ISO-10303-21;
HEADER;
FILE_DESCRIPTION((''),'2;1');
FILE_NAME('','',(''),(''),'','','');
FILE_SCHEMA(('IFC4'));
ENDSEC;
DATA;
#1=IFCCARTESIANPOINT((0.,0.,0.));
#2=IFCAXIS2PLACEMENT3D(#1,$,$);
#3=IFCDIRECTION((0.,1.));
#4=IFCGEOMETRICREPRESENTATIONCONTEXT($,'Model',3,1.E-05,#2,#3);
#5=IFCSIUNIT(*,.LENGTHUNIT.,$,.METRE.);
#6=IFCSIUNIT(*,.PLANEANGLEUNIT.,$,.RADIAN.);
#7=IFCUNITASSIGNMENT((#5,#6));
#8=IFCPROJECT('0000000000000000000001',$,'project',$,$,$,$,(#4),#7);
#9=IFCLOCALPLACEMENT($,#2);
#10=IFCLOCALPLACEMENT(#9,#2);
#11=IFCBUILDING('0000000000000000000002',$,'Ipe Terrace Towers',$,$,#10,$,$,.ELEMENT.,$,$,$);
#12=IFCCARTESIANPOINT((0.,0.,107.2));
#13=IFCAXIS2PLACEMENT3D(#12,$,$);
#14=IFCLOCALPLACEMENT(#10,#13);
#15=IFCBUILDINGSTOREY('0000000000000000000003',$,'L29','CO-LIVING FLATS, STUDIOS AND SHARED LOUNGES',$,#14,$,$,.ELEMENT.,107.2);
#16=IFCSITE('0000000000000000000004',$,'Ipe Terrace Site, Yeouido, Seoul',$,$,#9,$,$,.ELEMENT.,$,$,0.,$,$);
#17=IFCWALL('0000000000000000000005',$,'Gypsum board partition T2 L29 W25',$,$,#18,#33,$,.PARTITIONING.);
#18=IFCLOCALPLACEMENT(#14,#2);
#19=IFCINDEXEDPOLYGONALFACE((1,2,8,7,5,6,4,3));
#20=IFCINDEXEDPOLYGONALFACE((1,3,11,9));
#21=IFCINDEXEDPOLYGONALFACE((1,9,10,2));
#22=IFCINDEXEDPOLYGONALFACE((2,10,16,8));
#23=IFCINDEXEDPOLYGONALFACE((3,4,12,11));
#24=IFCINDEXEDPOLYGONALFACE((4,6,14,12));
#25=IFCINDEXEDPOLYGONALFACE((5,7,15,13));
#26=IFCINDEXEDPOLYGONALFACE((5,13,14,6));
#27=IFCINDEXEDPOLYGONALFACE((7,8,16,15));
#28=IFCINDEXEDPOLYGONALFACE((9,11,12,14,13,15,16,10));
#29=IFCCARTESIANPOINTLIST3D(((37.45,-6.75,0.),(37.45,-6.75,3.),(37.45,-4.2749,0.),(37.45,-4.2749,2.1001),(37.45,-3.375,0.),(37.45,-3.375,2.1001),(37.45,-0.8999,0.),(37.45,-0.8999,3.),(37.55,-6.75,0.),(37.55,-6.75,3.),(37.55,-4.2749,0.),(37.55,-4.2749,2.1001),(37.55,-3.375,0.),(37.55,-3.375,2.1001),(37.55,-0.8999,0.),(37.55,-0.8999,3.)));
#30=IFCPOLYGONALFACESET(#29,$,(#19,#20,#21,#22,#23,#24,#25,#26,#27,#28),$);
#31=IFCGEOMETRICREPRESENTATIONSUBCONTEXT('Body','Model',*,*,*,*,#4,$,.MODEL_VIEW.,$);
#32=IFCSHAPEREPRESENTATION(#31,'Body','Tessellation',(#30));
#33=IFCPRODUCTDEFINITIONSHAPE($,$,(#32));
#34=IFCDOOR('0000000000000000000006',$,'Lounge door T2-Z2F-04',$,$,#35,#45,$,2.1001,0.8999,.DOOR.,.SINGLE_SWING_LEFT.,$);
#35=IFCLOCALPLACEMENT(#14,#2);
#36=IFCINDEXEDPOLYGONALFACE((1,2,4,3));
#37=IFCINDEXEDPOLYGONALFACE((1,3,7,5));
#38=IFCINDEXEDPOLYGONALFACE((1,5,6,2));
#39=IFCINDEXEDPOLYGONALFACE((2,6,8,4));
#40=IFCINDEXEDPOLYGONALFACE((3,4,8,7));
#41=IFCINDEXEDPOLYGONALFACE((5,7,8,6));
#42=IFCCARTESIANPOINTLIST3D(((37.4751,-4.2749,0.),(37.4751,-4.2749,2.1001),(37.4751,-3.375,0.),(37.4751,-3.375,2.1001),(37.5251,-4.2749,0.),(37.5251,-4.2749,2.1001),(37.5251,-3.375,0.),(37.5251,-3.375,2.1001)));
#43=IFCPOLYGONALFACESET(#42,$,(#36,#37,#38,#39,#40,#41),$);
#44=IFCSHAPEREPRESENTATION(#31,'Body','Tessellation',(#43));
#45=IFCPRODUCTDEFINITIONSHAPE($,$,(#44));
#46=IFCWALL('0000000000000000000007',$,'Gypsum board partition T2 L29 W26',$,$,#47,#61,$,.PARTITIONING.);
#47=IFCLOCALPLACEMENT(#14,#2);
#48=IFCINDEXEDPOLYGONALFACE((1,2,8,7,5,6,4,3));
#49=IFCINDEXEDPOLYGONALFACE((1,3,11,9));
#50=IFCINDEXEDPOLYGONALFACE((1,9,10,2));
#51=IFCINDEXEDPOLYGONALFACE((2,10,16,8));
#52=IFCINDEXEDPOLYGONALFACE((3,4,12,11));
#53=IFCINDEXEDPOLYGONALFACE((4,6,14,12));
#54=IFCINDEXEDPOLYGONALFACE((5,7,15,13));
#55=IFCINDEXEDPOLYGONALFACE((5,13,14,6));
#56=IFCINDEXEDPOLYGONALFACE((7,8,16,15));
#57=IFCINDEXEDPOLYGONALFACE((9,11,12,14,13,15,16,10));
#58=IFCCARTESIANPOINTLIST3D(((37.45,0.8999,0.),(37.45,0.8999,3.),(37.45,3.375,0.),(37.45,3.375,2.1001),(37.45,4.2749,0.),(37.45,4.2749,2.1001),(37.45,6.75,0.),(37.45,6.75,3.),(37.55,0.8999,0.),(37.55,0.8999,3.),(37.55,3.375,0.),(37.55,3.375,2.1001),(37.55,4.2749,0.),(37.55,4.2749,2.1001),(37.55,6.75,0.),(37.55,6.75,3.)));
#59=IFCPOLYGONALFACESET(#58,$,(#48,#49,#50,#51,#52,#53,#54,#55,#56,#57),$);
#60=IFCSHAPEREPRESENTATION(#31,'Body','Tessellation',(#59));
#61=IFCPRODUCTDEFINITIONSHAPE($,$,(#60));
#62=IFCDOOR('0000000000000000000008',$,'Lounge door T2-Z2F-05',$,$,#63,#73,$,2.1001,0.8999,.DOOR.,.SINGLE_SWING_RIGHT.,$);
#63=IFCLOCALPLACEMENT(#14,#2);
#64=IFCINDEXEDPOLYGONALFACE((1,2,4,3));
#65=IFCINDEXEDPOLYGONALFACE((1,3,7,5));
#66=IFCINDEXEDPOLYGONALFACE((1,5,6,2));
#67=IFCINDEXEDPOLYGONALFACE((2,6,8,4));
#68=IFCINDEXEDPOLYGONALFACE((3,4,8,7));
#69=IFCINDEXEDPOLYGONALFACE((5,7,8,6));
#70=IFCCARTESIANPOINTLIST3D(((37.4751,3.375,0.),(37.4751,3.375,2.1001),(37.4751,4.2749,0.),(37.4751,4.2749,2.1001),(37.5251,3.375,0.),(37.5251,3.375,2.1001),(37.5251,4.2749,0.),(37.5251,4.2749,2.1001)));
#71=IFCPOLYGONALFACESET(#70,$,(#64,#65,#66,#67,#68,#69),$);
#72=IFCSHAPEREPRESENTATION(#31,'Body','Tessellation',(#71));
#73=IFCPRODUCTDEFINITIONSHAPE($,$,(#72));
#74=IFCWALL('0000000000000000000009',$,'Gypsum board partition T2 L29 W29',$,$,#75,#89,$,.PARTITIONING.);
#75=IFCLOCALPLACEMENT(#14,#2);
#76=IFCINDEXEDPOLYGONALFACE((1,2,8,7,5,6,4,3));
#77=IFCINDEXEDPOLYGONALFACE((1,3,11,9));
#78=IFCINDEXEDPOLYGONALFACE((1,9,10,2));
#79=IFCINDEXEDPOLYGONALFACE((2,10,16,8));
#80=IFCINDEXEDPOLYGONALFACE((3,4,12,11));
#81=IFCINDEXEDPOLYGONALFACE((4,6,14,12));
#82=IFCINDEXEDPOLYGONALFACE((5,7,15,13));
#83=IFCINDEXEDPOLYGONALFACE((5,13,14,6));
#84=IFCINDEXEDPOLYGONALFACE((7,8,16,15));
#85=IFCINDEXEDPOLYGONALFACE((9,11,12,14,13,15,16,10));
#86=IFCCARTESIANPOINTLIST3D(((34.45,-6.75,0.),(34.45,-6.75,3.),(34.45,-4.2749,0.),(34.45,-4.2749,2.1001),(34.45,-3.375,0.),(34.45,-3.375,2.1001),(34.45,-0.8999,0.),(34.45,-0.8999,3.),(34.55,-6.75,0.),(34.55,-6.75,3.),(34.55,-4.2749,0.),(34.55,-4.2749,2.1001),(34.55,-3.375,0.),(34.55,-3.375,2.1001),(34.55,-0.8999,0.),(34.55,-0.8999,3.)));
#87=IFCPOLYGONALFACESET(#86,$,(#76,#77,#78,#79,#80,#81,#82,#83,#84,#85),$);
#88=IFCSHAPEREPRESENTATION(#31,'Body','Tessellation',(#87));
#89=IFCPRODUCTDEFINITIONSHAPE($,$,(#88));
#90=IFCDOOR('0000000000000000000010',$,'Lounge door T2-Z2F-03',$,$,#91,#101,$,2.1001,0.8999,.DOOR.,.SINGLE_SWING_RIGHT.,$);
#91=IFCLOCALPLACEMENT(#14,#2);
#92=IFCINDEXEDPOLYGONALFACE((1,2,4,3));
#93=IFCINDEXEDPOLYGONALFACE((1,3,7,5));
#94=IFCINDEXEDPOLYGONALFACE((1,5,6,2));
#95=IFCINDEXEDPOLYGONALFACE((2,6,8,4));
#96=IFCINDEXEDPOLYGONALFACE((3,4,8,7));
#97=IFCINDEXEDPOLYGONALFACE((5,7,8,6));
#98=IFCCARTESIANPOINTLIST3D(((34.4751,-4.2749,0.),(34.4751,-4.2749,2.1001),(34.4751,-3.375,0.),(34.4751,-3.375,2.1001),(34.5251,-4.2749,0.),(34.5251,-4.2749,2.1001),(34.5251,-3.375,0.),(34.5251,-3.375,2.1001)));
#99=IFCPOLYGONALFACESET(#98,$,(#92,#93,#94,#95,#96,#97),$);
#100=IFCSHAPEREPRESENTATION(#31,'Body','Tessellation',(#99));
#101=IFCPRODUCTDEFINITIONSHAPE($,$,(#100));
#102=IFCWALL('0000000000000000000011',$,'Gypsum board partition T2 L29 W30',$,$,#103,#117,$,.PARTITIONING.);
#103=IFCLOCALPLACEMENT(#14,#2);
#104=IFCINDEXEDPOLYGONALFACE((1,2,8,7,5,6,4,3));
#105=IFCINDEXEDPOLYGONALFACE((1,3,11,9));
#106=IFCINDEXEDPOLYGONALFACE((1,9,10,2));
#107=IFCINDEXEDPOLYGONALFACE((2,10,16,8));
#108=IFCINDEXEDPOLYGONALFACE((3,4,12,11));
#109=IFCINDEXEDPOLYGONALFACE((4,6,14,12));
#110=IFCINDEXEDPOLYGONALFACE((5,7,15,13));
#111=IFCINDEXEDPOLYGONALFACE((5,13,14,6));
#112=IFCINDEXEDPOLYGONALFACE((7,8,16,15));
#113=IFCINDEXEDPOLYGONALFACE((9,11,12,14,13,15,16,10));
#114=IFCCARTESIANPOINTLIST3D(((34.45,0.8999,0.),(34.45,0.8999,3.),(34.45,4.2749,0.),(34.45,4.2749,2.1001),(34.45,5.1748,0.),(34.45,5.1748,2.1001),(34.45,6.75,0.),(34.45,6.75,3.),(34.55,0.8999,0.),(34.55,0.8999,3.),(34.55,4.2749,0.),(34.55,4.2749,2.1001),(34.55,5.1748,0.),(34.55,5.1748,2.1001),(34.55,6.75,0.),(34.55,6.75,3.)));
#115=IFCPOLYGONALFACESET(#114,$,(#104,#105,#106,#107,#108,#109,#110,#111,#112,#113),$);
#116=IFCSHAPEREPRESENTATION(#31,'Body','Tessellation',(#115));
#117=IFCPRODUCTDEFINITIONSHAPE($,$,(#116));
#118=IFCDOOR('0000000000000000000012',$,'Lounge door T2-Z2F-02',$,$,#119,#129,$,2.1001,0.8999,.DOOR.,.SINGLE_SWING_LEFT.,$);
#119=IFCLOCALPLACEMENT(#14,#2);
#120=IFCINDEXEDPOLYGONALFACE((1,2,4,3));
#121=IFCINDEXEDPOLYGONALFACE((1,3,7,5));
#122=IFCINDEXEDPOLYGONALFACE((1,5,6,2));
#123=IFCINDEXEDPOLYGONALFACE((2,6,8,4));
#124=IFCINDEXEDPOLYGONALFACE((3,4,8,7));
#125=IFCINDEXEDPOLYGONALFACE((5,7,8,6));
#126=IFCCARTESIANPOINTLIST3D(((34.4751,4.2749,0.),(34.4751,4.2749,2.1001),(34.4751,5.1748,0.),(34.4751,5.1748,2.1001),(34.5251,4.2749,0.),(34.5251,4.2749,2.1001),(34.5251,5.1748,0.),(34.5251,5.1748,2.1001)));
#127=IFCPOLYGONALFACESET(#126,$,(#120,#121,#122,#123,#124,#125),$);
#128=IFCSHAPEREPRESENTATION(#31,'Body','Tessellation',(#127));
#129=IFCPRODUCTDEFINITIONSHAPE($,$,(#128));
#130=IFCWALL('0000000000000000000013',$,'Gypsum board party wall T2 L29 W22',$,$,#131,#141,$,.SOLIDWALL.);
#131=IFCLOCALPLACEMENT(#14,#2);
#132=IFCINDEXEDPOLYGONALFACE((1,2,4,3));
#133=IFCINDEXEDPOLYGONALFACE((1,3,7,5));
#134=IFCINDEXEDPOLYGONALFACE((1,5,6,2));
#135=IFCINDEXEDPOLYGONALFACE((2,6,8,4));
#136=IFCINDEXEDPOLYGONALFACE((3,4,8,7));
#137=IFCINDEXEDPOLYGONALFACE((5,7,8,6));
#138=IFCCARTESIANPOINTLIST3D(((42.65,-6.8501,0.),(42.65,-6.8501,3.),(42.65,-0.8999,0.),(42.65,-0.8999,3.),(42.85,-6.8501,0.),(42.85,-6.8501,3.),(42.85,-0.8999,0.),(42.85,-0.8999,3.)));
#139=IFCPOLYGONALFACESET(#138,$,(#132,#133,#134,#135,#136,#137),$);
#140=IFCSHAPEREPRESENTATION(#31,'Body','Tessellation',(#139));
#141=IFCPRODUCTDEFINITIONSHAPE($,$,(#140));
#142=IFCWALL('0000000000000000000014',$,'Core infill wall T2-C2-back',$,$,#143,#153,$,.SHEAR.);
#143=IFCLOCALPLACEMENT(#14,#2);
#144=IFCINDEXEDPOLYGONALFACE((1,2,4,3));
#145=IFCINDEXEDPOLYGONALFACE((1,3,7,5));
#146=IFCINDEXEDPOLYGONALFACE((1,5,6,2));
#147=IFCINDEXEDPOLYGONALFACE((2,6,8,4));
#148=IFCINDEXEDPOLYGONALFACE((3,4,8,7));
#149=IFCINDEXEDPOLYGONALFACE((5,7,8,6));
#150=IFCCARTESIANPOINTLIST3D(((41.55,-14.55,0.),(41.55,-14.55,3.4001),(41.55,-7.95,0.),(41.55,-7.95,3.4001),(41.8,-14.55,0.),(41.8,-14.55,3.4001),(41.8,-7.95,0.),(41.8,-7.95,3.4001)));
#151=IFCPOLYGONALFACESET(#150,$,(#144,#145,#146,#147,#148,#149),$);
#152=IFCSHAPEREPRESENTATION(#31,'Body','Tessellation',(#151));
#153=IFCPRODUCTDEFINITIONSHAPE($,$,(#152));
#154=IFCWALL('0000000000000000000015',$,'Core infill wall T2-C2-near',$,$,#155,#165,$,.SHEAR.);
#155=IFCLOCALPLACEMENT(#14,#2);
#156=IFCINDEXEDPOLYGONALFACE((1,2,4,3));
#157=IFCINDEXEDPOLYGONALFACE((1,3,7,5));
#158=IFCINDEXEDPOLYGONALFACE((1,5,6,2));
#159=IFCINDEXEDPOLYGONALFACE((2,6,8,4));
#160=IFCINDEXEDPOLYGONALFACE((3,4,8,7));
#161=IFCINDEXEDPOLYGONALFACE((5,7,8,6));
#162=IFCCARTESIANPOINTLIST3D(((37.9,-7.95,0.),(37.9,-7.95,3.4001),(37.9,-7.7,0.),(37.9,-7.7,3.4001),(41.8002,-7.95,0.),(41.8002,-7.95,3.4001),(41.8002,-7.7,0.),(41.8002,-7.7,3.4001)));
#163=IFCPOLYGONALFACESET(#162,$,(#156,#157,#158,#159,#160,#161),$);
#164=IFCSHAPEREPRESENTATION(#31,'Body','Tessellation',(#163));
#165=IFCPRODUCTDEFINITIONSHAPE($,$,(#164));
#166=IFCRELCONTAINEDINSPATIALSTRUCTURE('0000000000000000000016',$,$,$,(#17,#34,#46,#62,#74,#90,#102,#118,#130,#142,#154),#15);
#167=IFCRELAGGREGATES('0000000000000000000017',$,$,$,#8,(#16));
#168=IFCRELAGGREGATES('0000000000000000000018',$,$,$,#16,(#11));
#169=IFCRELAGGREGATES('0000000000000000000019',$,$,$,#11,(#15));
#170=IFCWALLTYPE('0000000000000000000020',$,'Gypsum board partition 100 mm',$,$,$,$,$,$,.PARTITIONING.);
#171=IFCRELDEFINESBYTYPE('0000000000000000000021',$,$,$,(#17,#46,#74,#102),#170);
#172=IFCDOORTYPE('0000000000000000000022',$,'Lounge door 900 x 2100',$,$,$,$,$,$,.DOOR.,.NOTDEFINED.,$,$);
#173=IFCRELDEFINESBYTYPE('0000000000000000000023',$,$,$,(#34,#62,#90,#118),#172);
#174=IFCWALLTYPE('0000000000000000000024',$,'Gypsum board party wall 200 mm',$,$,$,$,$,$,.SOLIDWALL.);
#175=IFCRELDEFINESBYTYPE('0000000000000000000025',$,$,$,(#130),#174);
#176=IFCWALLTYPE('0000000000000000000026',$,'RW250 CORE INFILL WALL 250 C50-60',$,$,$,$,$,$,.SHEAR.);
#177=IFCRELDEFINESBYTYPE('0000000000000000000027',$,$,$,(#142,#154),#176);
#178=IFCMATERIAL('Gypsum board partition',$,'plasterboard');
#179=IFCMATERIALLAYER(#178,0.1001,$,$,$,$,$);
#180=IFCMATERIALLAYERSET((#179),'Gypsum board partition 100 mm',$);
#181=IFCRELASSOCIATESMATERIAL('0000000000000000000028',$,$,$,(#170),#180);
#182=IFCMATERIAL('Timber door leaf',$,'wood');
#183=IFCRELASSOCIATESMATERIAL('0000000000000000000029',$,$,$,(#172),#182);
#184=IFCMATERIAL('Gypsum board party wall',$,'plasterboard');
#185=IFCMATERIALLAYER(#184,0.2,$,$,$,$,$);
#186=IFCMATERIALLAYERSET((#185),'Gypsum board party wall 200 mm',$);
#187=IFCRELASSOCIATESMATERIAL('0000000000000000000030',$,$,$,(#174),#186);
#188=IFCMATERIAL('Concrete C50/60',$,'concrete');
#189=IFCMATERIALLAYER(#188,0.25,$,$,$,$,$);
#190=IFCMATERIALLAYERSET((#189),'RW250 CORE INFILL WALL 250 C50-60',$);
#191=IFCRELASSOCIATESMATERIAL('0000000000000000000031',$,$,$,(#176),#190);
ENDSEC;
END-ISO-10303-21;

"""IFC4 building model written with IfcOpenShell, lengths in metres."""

from ifc_helpers import new_model, si_unit, direction, frame, frame_2d, origin, place, context, subcontext, project, spatial, rectangle, extrude, material, layer, layer_set, type_object, element, fill, save


model = new_model("IFC4")

# Units and contexts
model_context = context("Model", 3, precision=1e-05, world=origin(), true_north=direction((0.0, 1.0)))
body_context = subcontext(model_context, "Body", "Model", "MODEL_VIEW")
ifc_project = project(units=[si_unit("LENGTHUNIT", "METRE"), si_unit("PLANEANGLEUNIT", "RADIAN")], contexts=[model_context])

# Site, building, storey
site_placement = place(None, origin())
site = spatial("IfcSite", under=ifc_project, at=site_placement, Name="Ipe Terrace Site, Yeouido, Seoul", CompositionType="ELEMENT", RefElevation=0.0)
building_placement = place(site_placement, origin())
building = spatial("IfcBuilding", under=site, at=building_placement, Name="Ipe Terrace Towers", CompositionType="ELEMENT")
storey_placement = place(building_placement, frame((0.0, 0.0, 107.2)))
storey = spatial("IfcBuildingStorey", under=building, at=storey_placement, Name="L29", Description="CO-LIVING FLATS, STUDIOS AND SHARED LOUNGES", CompositionType="ELEMENT", Elevation=107.2)

# Shared definitions
ifc_material_1 = material(Name="Gypsum board partition", Category="plasterboard")
ifc_layer_1 = layer(ifc_material_1, 0.1001)
ifc_layer_set_1 = layer_set([ifc_layer_1], Name="Gypsum board partition 100 mm")
wall_type_1 = type_object("IfcWallType", Name="Gypsum board partition 100 mm", PredefinedType="PARTITIONING", material=ifc_layer_set_1)

# Walls, openings, doors
wall_1_placement = place(storey_placement, frame((37.5, -6.75, 0.0), z_axis=(0.0, 0.0, 1.0), x_axis=(0.0, 1.0, 0.0)))
wall_1 = element("IfcWall", 1, at=wall_1_placement, inside=storey, type_object=wall_type_1, Name="Gypsum board partition T2 L29 W25", PredefinedType="PARTITIONING", context=body_context, shape_type="SweptSolid", body=[
    extrude(rectangle(XDim=5.8501, YDim=0.1001, at=frame_2d((2.925, 0.0))), origin(), (0.0, 0.0, 1.0), 3.0),
])
opening_1_placement = place(wall_1_placement, frame((2.4751, 0.0, 0.0)))
opening_1 = element("IfcOpeningElement", 2, at=opening_1_placement, cuts=wall_1, PredefinedType="OPENING", context=body_context, shape_type="SweptSolid", body=[
    extrude(rectangle(XDim=0.8999, YDim=2.1001, at=frame_2d((0.45, 1.05))), frame((0.0, 0.0601, 0.0), z_axis=(0.0, -1.0, 0.0), x_axis=(1.0, 0.0, 0.0)), (0.0, 0.0, 1.0), 0.1201),
])
ifc_material_2 = material(Name="Timber door leaf", Category="wood")
door_type_1 = type_object("IfcDoorType", Name="Lounge door 900 x 2100", OperationType="NOTDEFINED", PredefinedType="DOOR", material=ifc_material_2)
door_1_placement = place(opening_1_placement, origin())
door_1 = element("IfcDoor", 3, at=door_1_placement, inside=storey, type_object=door_type_1, Name="Lounge door T2-Z2F-04", OperationType="SINGLE_SWING_LEFT", OverallHeight=2.1001, OverallWidth=0.8999, PredefinedType="DOOR", context=body_context, shape_type="SweptSolid", body=[
    extrude(rectangle(XDim=0.8999, YDim=2.1001, at=frame_2d((0.45, 1.05))), frame((0.0, 0.0249, 0.0), z_axis=(0.0, -1.0, 0.0), x_axis=(1.0, 0.0, 0.0)), (0.0, 0.0, 1.0), 0.05),
])
fill(opening_1, door_1)
wall_2_placement = place(storey_placement, frame((37.5, 0.8999, 0.0), z_axis=(0.0, 0.0, 1.0), x_axis=(0.0, 1.0, 0.0)))
wall_2 = element("IfcWall", 4, at=wall_2_placement, inside=storey, type_object=wall_type_1, Name="Gypsum board partition T2 L29 W26", PredefinedType="PARTITIONING", context=body_context, shape_type="SweptSolid", body=[
    extrude(rectangle(XDim=5.8501, YDim=0.1001, at=frame_2d((2.925, 0.0))), origin(), (0.0, 0.0, 1.0), 3.0),
])
opening_2_placement = place(wall_2_placement, frame((2.4751, 0.0, 0.0)))
opening_2 = element("IfcOpeningElement", 5, at=opening_2_placement, cuts=wall_2, PredefinedType="OPENING", context=body_context, shape_type="SweptSolid", body=[
    extrude(rectangle(XDim=0.8999, YDim=2.1001, at=frame_2d((0.45, 1.05))), frame((0.0, 0.0601, 0.0), z_axis=(0.0, -1.0, 0.0), x_axis=(1.0, 0.0, 0.0)), (0.0, 0.0, 1.0), 0.1201),
])
door_2_placement = place(opening_2_placement, origin())
door_2 = element("IfcDoor", 6, at=door_2_placement, inside=storey, type_object=door_type_1, Name="Lounge door T2-Z2F-05", OperationType="SINGLE_SWING_RIGHT", OverallHeight=2.1001, OverallWidth=0.8999, PredefinedType="DOOR", context=body_context, shape_type="SweptSolid", body=[
    extrude(rectangle(XDim=0.8999, YDim=2.1001, at=frame_2d((0.45, 1.05))), frame((0.0, 0.0249, 0.0), z_axis=(0.0, -1.0, 0.0), x_axis=(1.0, 0.0, 0.0)), (0.0, 0.0, 1.0), 0.05),
])
fill(opening_2, door_2)
wall_3_placement = place(storey_placement, frame((34.5, -6.75, 0.0), z_axis=(0.0, 0.0, 1.0), x_axis=(0.0, 1.0, 0.0)))
wall_3 = element("IfcWall", 7, at=wall_3_placement, inside=storey, type_object=wall_type_1, Name="Gypsum board partition T2 L29 W29", PredefinedType="PARTITIONING", context=body_context, shape_type="SweptSolid", body=[
    extrude(rectangle(XDim=5.8501, YDim=0.1001, at=frame_2d((2.925, 0.0))), origin(), (0.0, 0.0, 1.0), 3.0),
])
opening_3_placement = place(wall_3_placement, frame((2.4751, 0.0, 0.0)))
opening_3 = element("IfcOpeningElement", 8, at=opening_3_placement, cuts=wall_3, PredefinedType="OPENING", context=body_context, shape_type="SweptSolid", body=[
    extrude(rectangle(XDim=0.8999, YDim=2.1001, at=frame_2d((0.45, 1.05))), frame((0.0, 0.0601, 0.0), z_axis=(0.0, -1.0, 0.0), x_axis=(1.0, 0.0, 0.0)), (0.0, 0.0, 1.0), 0.1201),
])
door_3_placement = place(opening_3_placement, origin())
door_3 = element("IfcDoor", 9, at=door_3_placement, inside=storey, type_object=door_type_1, Name="Lounge door T2-Z2F-03", OperationType="SINGLE_SWING_RIGHT", OverallHeight=2.1001, OverallWidth=0.8999, PredefinedType="DOOR", context=body_context, shape_type="SweptSolid", body=[
    extrude(rectangle(XDim=0.8999, YDim=2.1001, at=frame_2d((0.45, 1.05))), frame((0.0, 0.0249, 0.0), z_axis=(0.0, -1.0, 0.0), x_axis=(1.0, 0.0, 0.0)), (0.0, 0.0, 1.0), 0.05),
])
fill(opening_3, door_3)
wall_4_placement = place(storey_placement, frame((34.5, 0.8999, 0.0), z_axis=(0.0, 0.0, 1.0), x_axis=(0.0, 1.0, 0.0)))
wall_4 = element("IfcWall", 10, at=wall_4_placement, inside=storey, type_object=wall_type_1, Name="Gypsum board partition T2 L29 W30", PredefinedType="PARTITIONING", context=body_context, shape_type="SweptSolid", body=[
    extrude(rectangle(XDim=5.8501, YDim=0.1001, at=frame_2d((2.925, 0.0))), origin(), (0.0, 0.0, 1.0), 3.0),
])
opening_4_placement = place(wall_4_placement, frame((3.375, 0.0, 0.0)))
opening_4 = element("IfcOpeningElement", 11, at=opening_4_placement, cuts=wall_4, PredefinedType="OPENING", context=body_context, shape_type="SweptSolid", body=[
    extrude(rectangle(XDim=0.8999, YDim=2.1001, at=frame_2d((0.45, 1.05))), frame((0.0, 0.0601, 0.0), z_axis=(0.0, -1.0, 0.0), x_axis=(1.0, 0.0, 0.0)), (0.0, 0.0, 1.0), 0.1201),
])
door_4_placement = place(opening_4_placement, origin())
door_4 = element("IfcDoor", 12, at=door_4_placement, inside=storey, type_object=door_type_1, Name="Lounge door T2-Z2F-02", OperationType="SINGLE_SWING_LEFT", OverallHeight=2.1001, OverallWidth=0.8999, PredefinedType="DOOR", context=body_context, shape_type="SweptSolid", body=[
    extrude(rectangle(XDim=0.8999, YDim=2.1001, at=frame_2d((0.45, 1.05))), frame((0.0, 0.0249, 0.0), z_axis=(0.0, -1.0, 0.0), x_axis=(1.0, 0.0, 0.0)), (0.0, 0.0, 1.0), 0.05),
])
fill(opening_4, door_4)

# Walls
ifc_material_3 = material(Name="Gypsum board party wall", Category="plasterboard")
ifc_layer_2 = layer(ifc_material_3, 0.2)
ifc_layer_set_2 = layer_set([ifc_layer_2], Name="Gypsum board party wall 200 mm")
wall_type_2 = type_object("IfcWallType", Name="Gypsum board party wall 200 mm", PredefinedType="SOLIDWALL", material=ifc_layer_set_2)
wall_5_placement = place(storey_placement, frame((42.75, -6.8501, 0.0), z_axis=(0.0, 0.0, 1.0), x_axis=(0.0, 1.0, 0.0)))
element("IfcWall", 13, at=wall_5_placement, inside=storey, type_object=wall_type_2, Name="Gypsum board party wall T2 L29 W22", PredefinedType="SOLIDWALL", context=body_context, shape_type="SweptSolid", body=[
    extrude(rectangle(XDim=5.9502, YDim=0.2, at=frame_2d((2.9751, 0.0))), origin(), (0.0, 0.0, 1.0), 3.0),
])
ifc_material_4 = material(Name="Concrete C50/60", Category="concrete")
ifc_layer_3 = layer(ifc_material_4, 0.25)
ifc_layer_set_3 = layer_set([ifc_layer_3], Name="RW250 CORE INFILL WALL 250 C50-60")
wall_type_3 = type_object("IfcWallType", Name="RW250 CORE INFILL WALL 250 C50-60", PredefinedType="SHEAR", material=ifc_layer_set_3)
wall_6_placement = place(storey_placement, frame((41.675, -7.95, 0.0), z_axis=(0.0, 0.0, 1.0), x_axis=(0.0, -1.0, 0.0)))
element("IfcWall", 14, at=wall_6_placement, inside=storey, type_object=wall_type_3, Name="Core infill wall T2-C2-back", PredefinedType="SHEAR", context=body_context, shape_type="SweptSolid", body=[
    extrude(rectangle(XDim=6.6001, YDim=0.25, at=frame_2d((3.3, 0.0))), origin(), (0.0, 0.0, 1.0), 3.4001),
])
wall_7_placement = place(storey_placement, frame((37.8999, -7.825, 0.0), z_axis=(0.0, 0.0, 1.0), x_axis=(1.0, 0.0, 0.0)))
element("IfcWall", 15, at=wall_7_placement, inside=storey, type_object=wall_type_3, Name="Core infill wall T2-C2-near", PredefinedType="SHEAR", context=body_context, shape_type="SweptSolid", body=[
    extrude(rectangle(XDim=3.9001, YDim=0.25, at=frame_2d((1.9502, 0.0))), origin(), (0.0, 0.0, 1.0), 3.4001),
])

save(model, "model.ifc")
